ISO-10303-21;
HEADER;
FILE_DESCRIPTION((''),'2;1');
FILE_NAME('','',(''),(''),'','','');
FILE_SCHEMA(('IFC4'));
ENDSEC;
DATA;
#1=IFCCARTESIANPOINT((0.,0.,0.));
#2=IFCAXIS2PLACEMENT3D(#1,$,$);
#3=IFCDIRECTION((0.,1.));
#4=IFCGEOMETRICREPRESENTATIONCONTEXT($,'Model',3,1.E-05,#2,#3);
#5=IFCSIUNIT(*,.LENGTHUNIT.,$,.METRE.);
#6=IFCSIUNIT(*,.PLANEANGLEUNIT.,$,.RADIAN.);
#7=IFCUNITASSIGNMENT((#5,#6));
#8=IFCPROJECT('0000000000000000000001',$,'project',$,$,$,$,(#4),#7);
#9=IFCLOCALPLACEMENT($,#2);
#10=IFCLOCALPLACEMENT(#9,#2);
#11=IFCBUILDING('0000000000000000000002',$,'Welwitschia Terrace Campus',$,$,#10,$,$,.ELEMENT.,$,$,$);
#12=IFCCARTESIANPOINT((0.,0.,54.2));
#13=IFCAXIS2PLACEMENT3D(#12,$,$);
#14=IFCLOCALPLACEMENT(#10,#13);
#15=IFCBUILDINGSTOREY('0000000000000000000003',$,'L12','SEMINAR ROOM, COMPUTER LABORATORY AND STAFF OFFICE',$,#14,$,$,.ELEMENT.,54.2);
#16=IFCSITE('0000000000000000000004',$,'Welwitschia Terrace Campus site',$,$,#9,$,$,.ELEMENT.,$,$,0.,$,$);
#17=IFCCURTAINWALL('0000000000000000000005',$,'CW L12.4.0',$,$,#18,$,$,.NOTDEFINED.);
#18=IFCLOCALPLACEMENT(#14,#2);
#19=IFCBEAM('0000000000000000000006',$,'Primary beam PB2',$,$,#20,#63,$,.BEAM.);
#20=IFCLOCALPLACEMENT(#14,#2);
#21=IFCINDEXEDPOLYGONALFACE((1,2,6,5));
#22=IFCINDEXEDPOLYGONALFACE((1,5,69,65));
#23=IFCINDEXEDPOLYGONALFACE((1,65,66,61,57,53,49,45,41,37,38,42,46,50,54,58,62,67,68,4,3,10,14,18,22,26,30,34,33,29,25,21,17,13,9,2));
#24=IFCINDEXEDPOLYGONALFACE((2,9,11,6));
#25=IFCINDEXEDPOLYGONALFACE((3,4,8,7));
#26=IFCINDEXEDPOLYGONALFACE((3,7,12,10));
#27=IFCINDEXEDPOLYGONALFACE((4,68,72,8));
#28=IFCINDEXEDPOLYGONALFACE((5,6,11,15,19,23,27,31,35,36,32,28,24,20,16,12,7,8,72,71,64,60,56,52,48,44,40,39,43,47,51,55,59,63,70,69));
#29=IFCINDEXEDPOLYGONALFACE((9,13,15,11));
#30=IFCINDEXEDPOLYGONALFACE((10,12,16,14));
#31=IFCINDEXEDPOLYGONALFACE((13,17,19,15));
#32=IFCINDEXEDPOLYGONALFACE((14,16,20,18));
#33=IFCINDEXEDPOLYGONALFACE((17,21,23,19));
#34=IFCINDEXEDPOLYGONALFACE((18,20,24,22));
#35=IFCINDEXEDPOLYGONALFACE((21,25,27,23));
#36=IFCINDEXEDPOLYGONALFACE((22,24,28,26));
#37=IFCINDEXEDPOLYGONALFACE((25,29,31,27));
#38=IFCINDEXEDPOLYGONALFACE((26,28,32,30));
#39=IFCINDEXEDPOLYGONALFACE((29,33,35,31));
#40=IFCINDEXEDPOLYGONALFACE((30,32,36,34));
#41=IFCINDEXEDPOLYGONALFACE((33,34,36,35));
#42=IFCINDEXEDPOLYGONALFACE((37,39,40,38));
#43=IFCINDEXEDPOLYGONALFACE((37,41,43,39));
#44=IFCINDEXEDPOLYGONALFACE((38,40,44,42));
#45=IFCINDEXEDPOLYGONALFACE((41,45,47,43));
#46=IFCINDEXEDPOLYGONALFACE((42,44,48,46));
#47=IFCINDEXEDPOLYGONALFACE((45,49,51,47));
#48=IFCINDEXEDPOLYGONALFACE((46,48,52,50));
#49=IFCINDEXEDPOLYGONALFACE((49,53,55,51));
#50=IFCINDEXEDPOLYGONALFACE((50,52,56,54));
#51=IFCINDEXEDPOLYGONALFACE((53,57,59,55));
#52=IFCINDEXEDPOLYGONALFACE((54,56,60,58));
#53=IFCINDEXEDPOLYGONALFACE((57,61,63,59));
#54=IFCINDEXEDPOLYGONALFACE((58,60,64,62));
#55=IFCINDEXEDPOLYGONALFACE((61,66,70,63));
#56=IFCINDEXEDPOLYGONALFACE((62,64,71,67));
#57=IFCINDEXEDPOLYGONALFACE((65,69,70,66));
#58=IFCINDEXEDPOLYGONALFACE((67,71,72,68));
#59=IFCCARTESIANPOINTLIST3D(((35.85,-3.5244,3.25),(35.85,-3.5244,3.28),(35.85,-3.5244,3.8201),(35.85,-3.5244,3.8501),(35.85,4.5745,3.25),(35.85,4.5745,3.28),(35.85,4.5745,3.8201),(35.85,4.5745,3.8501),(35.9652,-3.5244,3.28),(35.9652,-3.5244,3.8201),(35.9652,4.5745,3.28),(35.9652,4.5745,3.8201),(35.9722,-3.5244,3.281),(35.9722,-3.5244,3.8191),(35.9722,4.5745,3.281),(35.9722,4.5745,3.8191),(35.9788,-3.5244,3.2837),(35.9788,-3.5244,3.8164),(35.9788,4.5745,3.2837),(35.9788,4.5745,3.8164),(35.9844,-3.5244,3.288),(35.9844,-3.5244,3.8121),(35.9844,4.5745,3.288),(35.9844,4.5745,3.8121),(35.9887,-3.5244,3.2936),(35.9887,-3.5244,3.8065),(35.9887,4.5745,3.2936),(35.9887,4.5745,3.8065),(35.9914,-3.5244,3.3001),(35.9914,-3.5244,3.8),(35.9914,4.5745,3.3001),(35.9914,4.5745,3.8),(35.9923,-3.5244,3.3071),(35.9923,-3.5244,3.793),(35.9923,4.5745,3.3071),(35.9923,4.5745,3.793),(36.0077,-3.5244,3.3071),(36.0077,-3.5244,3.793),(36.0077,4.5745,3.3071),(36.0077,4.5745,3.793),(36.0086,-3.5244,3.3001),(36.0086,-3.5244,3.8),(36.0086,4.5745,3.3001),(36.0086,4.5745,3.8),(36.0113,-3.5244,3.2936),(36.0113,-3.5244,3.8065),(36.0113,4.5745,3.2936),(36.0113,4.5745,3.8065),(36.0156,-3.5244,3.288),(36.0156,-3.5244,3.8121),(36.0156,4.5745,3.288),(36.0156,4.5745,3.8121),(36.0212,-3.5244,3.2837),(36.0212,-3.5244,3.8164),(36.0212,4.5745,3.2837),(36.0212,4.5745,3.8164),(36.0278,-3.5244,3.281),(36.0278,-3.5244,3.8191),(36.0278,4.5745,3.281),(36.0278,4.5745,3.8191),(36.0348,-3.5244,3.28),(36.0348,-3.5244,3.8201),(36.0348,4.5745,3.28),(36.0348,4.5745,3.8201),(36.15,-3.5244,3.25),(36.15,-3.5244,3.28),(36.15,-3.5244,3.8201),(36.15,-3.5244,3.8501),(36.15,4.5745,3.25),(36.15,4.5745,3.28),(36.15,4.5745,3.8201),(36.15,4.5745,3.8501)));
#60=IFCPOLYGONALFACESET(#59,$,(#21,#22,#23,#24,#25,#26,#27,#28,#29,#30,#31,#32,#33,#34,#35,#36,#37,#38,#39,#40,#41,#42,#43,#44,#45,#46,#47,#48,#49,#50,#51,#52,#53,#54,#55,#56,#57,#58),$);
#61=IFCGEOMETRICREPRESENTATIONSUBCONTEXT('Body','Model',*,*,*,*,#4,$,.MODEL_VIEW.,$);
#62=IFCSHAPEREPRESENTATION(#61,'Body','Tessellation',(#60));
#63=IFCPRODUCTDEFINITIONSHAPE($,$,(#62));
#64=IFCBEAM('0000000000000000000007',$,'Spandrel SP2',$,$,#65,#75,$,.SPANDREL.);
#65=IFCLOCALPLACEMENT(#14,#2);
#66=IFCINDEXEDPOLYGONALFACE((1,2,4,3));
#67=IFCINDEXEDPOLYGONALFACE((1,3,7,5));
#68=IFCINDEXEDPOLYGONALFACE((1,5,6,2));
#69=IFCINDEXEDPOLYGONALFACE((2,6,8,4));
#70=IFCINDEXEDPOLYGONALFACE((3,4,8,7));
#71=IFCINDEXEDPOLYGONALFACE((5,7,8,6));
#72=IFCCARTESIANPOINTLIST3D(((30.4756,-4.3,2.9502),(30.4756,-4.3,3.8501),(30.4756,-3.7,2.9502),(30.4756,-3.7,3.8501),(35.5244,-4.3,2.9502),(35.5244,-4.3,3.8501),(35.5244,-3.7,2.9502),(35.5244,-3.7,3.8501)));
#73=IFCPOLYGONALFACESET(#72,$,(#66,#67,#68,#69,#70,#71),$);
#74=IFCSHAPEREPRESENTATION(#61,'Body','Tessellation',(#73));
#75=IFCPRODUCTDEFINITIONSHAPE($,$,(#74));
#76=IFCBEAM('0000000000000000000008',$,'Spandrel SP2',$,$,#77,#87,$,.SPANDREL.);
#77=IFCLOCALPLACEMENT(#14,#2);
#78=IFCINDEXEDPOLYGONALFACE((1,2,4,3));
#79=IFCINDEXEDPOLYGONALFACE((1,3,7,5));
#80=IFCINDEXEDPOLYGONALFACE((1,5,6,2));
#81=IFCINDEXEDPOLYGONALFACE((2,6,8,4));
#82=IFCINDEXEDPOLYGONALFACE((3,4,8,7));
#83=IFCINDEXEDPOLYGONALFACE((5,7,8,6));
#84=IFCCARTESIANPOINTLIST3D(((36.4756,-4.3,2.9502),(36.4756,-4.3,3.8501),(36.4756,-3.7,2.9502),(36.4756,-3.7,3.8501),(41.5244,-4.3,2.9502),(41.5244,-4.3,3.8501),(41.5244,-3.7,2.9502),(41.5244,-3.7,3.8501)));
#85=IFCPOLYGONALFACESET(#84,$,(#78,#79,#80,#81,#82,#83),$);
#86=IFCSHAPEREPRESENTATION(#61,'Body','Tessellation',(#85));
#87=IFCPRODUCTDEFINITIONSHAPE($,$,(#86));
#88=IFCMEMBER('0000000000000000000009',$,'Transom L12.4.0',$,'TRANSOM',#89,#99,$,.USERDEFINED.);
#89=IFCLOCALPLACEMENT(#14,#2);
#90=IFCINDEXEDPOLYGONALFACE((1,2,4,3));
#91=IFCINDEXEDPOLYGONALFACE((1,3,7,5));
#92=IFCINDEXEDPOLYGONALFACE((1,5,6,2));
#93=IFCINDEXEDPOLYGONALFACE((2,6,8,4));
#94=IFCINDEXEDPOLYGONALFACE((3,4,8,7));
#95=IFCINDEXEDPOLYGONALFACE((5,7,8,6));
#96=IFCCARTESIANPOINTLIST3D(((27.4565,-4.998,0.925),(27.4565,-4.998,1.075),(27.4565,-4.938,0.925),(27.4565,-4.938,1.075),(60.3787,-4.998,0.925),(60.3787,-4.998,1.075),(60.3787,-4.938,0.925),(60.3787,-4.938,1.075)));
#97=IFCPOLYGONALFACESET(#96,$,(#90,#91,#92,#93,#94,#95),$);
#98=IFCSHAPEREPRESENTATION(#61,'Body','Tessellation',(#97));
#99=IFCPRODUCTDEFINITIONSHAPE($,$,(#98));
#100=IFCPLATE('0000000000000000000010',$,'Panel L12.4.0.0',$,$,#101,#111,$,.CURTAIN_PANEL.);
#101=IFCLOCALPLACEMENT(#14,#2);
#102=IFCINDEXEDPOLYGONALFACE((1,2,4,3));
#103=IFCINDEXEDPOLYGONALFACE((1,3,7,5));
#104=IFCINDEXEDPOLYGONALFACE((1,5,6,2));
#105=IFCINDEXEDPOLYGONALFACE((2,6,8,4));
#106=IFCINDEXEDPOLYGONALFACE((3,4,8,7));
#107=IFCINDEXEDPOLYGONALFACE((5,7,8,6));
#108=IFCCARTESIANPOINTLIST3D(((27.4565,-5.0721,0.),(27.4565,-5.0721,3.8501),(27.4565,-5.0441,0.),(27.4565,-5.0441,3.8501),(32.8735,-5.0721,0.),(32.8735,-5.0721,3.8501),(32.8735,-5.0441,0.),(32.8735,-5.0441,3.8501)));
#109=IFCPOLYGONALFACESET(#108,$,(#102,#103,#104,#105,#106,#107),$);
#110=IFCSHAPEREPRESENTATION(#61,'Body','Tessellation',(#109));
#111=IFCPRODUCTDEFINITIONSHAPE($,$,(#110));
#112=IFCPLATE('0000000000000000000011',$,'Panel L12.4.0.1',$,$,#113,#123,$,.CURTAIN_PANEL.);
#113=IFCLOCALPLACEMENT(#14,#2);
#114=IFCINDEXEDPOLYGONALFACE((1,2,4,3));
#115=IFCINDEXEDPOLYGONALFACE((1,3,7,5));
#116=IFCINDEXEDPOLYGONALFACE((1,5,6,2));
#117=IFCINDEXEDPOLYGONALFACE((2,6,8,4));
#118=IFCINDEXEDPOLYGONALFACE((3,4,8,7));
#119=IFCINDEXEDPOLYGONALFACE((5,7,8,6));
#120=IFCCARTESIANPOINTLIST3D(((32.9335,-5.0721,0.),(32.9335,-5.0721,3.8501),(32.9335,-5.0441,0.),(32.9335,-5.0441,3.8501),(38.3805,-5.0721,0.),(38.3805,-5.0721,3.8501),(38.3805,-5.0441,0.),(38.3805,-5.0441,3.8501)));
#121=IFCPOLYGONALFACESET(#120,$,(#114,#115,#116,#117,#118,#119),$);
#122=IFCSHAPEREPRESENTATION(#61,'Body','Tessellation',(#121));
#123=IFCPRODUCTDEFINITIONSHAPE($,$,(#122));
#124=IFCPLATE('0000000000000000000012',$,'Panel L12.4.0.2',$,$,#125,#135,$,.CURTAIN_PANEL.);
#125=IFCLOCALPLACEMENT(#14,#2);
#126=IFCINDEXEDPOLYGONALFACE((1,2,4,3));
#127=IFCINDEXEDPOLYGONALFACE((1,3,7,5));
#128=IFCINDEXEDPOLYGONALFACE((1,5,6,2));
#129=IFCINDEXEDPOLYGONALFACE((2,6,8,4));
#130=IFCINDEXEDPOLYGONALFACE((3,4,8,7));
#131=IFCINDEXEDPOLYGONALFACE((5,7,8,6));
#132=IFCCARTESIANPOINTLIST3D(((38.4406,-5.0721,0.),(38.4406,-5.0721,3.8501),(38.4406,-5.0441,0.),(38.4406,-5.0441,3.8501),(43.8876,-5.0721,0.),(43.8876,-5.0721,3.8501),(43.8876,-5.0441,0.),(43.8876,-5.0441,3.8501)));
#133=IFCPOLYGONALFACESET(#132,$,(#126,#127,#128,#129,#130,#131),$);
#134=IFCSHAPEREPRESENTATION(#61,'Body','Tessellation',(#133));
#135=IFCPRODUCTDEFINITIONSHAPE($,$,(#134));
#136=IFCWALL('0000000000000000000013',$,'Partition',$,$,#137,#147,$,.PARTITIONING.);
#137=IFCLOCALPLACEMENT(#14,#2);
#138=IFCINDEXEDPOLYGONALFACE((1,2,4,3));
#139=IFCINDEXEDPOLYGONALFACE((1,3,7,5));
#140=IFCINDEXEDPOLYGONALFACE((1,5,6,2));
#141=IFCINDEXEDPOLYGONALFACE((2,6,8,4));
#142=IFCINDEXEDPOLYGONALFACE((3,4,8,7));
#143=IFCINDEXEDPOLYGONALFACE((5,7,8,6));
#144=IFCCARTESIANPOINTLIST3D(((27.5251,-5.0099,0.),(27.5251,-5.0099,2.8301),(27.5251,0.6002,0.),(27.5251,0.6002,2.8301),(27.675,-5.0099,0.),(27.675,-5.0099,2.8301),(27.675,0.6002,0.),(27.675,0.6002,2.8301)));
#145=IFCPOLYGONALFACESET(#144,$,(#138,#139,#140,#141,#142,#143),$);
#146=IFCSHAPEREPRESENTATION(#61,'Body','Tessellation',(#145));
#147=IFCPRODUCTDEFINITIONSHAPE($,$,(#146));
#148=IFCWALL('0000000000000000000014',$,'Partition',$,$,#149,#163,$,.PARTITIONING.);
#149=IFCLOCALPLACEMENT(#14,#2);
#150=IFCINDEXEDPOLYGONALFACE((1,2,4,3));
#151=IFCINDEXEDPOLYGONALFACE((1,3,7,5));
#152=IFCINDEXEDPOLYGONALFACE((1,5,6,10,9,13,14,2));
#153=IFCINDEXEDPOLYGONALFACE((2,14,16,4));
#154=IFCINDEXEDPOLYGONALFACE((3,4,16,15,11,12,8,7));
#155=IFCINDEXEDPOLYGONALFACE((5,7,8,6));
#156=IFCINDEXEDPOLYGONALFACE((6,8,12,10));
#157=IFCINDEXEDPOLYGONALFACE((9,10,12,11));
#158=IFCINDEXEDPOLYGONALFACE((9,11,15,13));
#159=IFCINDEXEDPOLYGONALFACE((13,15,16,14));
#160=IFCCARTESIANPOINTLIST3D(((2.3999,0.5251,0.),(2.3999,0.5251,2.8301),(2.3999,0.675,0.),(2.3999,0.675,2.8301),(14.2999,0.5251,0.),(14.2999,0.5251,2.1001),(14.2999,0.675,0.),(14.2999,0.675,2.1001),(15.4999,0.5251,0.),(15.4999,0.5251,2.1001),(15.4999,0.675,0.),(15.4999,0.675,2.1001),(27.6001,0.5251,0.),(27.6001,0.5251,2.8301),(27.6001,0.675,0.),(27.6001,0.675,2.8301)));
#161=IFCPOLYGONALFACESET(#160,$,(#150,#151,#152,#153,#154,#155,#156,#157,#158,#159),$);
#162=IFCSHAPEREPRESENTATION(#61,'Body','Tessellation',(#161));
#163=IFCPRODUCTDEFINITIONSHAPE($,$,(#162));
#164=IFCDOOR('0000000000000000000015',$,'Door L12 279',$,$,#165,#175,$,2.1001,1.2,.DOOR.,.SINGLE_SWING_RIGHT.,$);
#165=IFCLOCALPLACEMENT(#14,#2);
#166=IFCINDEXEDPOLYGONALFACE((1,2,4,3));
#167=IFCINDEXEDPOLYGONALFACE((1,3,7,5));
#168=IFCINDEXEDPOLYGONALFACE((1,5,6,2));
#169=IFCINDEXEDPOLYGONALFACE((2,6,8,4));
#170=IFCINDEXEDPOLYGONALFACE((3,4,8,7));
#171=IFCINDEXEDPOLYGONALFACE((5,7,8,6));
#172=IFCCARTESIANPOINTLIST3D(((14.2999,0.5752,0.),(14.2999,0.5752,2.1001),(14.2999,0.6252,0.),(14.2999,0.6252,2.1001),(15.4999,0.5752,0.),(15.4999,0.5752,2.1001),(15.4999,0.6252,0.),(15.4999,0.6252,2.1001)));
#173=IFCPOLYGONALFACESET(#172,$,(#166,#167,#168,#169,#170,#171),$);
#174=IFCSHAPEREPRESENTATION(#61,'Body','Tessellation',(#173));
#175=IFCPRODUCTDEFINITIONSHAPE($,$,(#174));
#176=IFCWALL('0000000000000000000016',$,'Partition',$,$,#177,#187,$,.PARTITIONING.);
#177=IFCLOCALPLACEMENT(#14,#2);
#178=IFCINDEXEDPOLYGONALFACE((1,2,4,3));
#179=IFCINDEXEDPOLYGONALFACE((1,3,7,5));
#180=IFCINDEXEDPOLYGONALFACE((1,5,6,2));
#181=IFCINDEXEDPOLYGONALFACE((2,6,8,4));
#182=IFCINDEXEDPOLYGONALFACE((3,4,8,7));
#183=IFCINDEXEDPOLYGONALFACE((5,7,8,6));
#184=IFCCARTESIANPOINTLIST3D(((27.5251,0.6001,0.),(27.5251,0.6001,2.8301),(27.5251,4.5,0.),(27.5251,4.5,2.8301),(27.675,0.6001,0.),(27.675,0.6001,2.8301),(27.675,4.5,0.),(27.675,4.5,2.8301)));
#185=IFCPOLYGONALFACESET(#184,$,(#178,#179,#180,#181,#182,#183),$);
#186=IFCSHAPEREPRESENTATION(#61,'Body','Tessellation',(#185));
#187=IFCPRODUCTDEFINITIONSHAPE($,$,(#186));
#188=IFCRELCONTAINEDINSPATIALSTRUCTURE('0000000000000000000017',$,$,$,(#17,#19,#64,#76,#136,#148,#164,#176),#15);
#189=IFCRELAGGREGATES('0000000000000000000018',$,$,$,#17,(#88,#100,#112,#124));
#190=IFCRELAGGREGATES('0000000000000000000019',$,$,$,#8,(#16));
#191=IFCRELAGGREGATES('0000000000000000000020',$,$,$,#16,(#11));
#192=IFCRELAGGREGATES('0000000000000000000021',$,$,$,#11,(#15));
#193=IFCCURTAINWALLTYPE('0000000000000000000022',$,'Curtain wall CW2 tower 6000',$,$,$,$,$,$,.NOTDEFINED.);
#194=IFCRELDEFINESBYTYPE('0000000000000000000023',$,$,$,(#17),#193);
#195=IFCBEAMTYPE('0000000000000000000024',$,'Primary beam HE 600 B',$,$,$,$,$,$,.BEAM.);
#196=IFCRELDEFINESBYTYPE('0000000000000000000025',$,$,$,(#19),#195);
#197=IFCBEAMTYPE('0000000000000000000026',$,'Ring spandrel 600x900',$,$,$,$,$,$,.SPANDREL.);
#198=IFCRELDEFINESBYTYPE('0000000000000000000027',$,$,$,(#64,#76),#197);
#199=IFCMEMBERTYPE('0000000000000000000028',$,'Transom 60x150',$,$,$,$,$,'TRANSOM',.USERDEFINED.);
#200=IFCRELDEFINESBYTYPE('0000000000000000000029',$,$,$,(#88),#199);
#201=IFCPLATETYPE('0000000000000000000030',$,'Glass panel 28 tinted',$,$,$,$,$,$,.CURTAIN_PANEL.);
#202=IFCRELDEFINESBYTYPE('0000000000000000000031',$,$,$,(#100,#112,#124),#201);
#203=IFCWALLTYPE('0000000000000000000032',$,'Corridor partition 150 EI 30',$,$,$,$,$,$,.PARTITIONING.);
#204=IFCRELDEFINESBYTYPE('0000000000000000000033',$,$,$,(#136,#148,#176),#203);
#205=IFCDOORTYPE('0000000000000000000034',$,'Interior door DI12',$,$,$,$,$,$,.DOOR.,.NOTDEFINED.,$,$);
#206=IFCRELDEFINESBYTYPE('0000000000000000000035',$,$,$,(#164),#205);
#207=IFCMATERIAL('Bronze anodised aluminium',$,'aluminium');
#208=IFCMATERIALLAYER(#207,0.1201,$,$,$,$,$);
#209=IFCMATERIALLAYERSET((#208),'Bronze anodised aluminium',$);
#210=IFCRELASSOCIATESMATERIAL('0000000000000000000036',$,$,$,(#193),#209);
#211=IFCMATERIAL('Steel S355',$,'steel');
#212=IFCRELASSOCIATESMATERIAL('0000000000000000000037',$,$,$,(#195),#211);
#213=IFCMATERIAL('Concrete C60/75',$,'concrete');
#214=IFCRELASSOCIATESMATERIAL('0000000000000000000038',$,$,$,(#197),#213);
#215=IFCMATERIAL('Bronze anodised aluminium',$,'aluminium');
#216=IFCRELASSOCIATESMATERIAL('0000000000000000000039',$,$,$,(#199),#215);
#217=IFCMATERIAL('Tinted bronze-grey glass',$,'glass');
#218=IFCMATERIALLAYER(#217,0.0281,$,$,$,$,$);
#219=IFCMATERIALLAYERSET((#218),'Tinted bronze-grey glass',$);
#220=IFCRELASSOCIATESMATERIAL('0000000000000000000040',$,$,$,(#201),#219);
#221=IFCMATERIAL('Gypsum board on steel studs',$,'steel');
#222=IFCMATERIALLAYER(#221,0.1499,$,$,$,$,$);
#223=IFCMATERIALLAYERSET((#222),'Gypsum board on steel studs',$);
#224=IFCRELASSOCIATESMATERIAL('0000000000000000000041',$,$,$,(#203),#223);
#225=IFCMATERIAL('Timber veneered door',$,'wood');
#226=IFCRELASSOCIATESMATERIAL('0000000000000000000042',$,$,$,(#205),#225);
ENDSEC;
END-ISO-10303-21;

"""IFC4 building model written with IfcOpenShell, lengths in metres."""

from ifc_helpers import new_model, si_unit, direction, frame, frame_2d, origin, origin_2d, place, context, subcontext, project, spatial, rectangle, i_section, extrude, material, layer, layer_set, material_profile, profile_set, type_object, element, fill, aggregate, save


model = new_model("IFC4")

# Units and contexts
model_context = context("Model", 3, precision=1e-05, world=origin(), true_north=direction((0.0, 1.0)))
body_context = subcontext(model_context, "Body", "Model", "MODEL_VIEW")
ifc_project = project(units=[si_unit("LENGTHUNIT", "METRE"), si_unit("PLANEANGLEUNIT", "RADIAN")], contexts=[model_context])

# Site, building, storey
site_placement = place(None, origin())
site = spatial("IfcSite", under=ifc_project, at=site_placement, Name="Welwitschia Terrace Campus site", CompositionType="ELEMENT", RefElevation=0.0)
building_placement = place(site_placement, origin())
building = spatial("IfcBuilding", under=site, at=building_placement, Name="Welwitschia Terrace Campus", CompositionType="ELEMENT")
storey_placement = place(building_placement, frame((0.0, 0.0, 54.2)))
storey = spatial("IfcBuildingStorey", under=building, at=storey_placement, Name="L12", Description="SEMINAR ROOM, COMPUTER LABORATORY AND STAFF OFFICE", CompositionType="ELEMENT", Elevation=54.2)

# Curtain wall
ifc_material_1 = material(Name="Bronze anodised aluminium", Category="aluminium")
ifc_layer_1 = layer(ifc_material_1, 0.1201)
ifc_layer_set_1 = layer_set([ifc_layer_1], Name="Bronze anodised aluminium")
curtain_wall_type = type_object("IfcCurtainWallType", Name="Curtain wall CW2 tower 6000", PredefinedType="NOTDEFINED", material=ifc_layer_set_1)
curtain_wall_placement = place(storey_placement, origin())
curtain_wall = element("IfcCurtainWall", 1, at=curtain_wall_placement, inside=storey, type_object=curtain_wall_type, Name="CW L12.4.0", PredefinedType="NOTDEFINED")

# Beams
ifc_material_2 = material(Name="Steel S355", Category="steel")
ifc_material_profile_1 = material_profile(ifc_material_2, i_section(OverallWidth=0.3, OverallDepth=0.6001, WebThickness=0.0154, FlangeThickness=0.03, FilletRadius=0.0271, at=origin_2d()))
ifc_profile_set_1 = profile_set([ifc_material_profile_1], Name="Steel S355")
beam_type_1 = type_object("IfcBeamType", Name="Primary beam HE 600 B", PredefinedType="BEAM", material=ifc_profile_set_1)
beam_placement = place(storey_placement, frame((36.0, -3.5244, 3.55), z_axis=(0.0, 1.0, 0.0), x_axis=(-1.0, 0.0, 0.0)))
element("IfcBeam", 2, at=beam_placement, inside=storey, type_object=beam_type_1, Name="Primary beam PB2", PredefinedType="BEAM", context=body_context, shape_type="SweptSolid", body=[
    extrude(i_section(OverallWidth=0.3, OverallDepth=0.6001, WebThickness=0.0154, FlangeThickness=0.03, FilletRadius=0.0271, at=origin_2d()), origin(), (0.0, 0.0, 1.0), 8.0989),
])
ifc_material_3 = material(Name="Concrete C60/75", Category="concrete")
ifc_material_profile_2 = material_profile(ifc_material_3, rectangle(XDim=0.6001, YDim=0.8999, at=origin_2d()))
ifc_profile_set_2 = profile_set([ifc_material_profile_2], Name="Concrete C60/75")
beam_type_2 = type_object("IfcBeamType", Name="Ring spandrel 600x900", PredefinedType="SPANDREL", material=ifc_profile_set_2)
for number, where, z_axis, x_axis, name in (
    (3, (30.4756, -4.0, 3.4001), (1.0, 0.0, 0.0), (0.0, 1.0, 0.0), "Spandrel SP2"),
    (4, (36.4756, -4.0, 3.4001), (1.0, 0.0, 0.0), (0.0, 1.0, 0.0), "Spandrel SP2"),
):
    element("IfcBeam", number, at=place(storey_placement, frame(where, z_axis=z_axis, x_axis=x_axis)), inside=storey, type_object=beam_type_2, Name=name, PredefinedType="SPANDREL", context=body_context, shape_type="SweptSolid", body=[
        extrude(rectangle(XDim=0.6001, YDim=0.8999, at=origin_2d()), origin(), (0.0, 0.0, 1.0), 5.0488),
    ])

# Member
ifc_material_4 = material(Name="Bronze anodised aluminium", Category="aluminium")
ifc_material_profile_3 = material_profile(ifc_material_4, rectangle(XDim=0.0601, YDim=0.1499, at=origin_2d()))
ifc_profile_set_3 = profile_set([ifc_material_profile_3], Name="Bronze anodised aluminium")
member_type_1 = type_object("IfcMemberType", Name="Transom 60x150", ElementType="TRANSOM", PredefinedType="USERDEFINED", material=ifc_profile_set_3)
member_1_placement = place(storey_placement, frame((27.4565, -4.968, 1.0), z_axis=(1.0, 0.0, 0.0), x_axis=(0.0, 1.0, 0.0)))
member_1 = element("IfcMember", 5, at=member_1_placement, type_object=member_type_1, Name="Transom L12.4.0", ObjectType="TRANSOM", PredefinedType="USERDEFINED", context=body_context, shape_type="SweptSolid", body=[
    extrude(rectangle(XDim=0.0601, YDim=0.1499, at=origin_2d()), origin(), (0.0, 0.0, 1.0), 32.9221),
])

# Plates
ifc_material_5 = material(Name="Tinted bronze-grey glass", Category="glass")
ifc_layer_2 = layer(ifc_material_5, 0.0281)
ifc_layer_set_2 = layer_set([ifc_layer_2], Name="Tinted bronze-grey glass")
plate_type = type_object("IfcPlateType", Name="Glass panel 28 tinted", PredefinedType="CURTAIN_PANEL", material=ifc_layer_set_2)
plate_1_placement = place(storey_placement, frame((30.165, -5.0581, 0.0), z_axis=(0.0, 0.0, 1.0), x_axis=(1.0, 0.0, 0.0)))
plate_1 = element("IfcPlate", 6, at=plate_1_placement, type_object=plate_type, Name="Panel L12.4.0.0", PredefinedType="CURTAIN_PANEL", context=body_context, shape_type="SweptSolid", body=[
    extrude(rectangle(XDim=5.417, YDim=0.0281, at=origin_2d()), origin(), (0.0, 0.0, 1.0), 3.8501),
])
plate_2_placement = place(storey_placement, frame((35.657, -5.0581, 0.0), z_axis=(0.0, 0.0, 1.0), x_axis=(1.0, 0.0, 0.0)))
plate_2 = element("IfcPlate", 7, at=plate_2_placement, type_object=plate_type, Name="Panel L12.4.0.1", PredefinedType="CURTAIN_PANEL", context=body_context, shape_type="SweptSolid", body=[
    extrude(rectangle(XDim=5.447, YDim=0.0281, at=origin_2d()), origin(), (0.0, 0.0, 1.0), 3.8501),
])
plate_3_placement = place(storey_placement, frame((41.1641, -5.0581, 0.0), z_axis=(0.0, 0.0, 1.0), x_axis=(1.0, 0.0, 0.0)))
plate_3 = element("IfcPlate", 8, at=plate_3_placement, type_object=plate_type, Name="Panel L12.4.0.2", PredefinedType="CURTAIN_PANEL", context=body_context, shape_type="SweptSolid", body=[
    extrude(rectangle(XDim=5.447, YDim=0.0281, at=origin_2d()), origin(), (0.0, 0.0, 1.0), 3.8501),
])
aggregate(curtain_wall, [member_1, plate_1, plate_2, plate_3])

# Wall
ifc_material_6 = material(Name="Gypsum board on steel studs", Category="steel")
ifc_layer_3 = layer(ifc_material_6, 0.1499)
ifc_layer_set_3 = layer_set([ifc_layer_3], Name="Gypsum board on steel studs")
wall_type = type_object("IfcWallType", Name="Corridor partition 150 EI 30", PredefinedType="PARTITIONING", material=ifc_layer_set_3)
wall_1_placement = place(storey_placement, frame((27.6001, -5.01, 0.0), z_axis=(0.0, 0.0, 1.0), x_axis=(0.0, 1.0, 0.0)))
element("IfcWall", 9, at=wall_1_placement, inside=storey, type_object=wall_type, Name="Partition", PredefinedType="PARTITIONING", context=body_context, shape_type="SweptSolid", body=[
    extrude(rectangle(XDim=5.6101, YDim=0.1499, at=frame_2d((2.8052, 0.0))), origin(), (0.0, 0.0, 1.0), 2.8301),
])

# Wall, opening, door
wall_2_placement = place(storey_placement, frame((27.6001, 0.6001, 0.0), z_axis=(0.0, 0.0, 1.0), x_axis=(-1.0, 0.0, 0.0)))
wall_2 = element("IfcWall", 10, at=wall_2_placement, inside=storey, type_object=wall_type, Name="Partition", PredefinedType="PARTITIONING", context=body_context, shape_type="SweptSolid", body=[
    extrude(rectangle(XDim=25.2002, YDim=0.1499, at=frame_2d((12.6001, 0.0))), origin(), (0.0, 0.0, 1.0), 2.8301),
])
opening_placement = place(wall_2_placement, frame((12.1001, 0.0, 0.0)))
opening = element("IfcOpeningElement", 11, at=opening_placement, cuts=wall_2, PredefinedType="OPENING", context=body_context, shape_type="SweptSolid", body=[
    extrude(rectangle(XDim=1.2, YDim=2.1001, at=frame_2d((0.6001, 1.05))), frame((0.0, 0.085, 0.0), z_axis=(0.0, -1.0, 0.0), x_axis=(1.0, 0.0, 0.0)), (0.0, 0.0, 1.0), 0.1699),
])
ifc_material_7 = material(Name="Timber veneered door", Category="wood")
door_type = type_object("IfcDoorType", Name="Interior door DI12", OperationType="NOTDEFINED", PredefinedType="DOOR", material=ifc_material_7)
door_placement = place(opening_placement, origin())
door = element("IfcDoor", 12, at=door_placement, inside=storey, type_object=door_type, Name="Door L12 279", OperationType="SINGLE_SWING_RIGHT", OverallHeight=2.1001, OverallWidth=1.2, PredefinedType="DOOR", context=body_context, shape_type="SweptSolid", body=[
    extrude(rectangle(XDim=1.2, YDim=2.1001, at=frame_2d((0.6001, 1.05))), frame((0.0, 0.0249, 0.0), z_axis=(0.0, -1.0, 0.0), x_axis=(1.0, 0.0, 0.0)), (0.0, 0.0, 1.0), 0.05),
])
fill(opening, door)

# Wall
wall_3_placement = place(storey_placement, frame((27.6001, 0.6001, 0.0), z_axis=(0.0, 0.0, 1.0), x_axis=(0.0, 1.0, 0.0)))
element("IfcWall", 13, at=wall_3_placement, inside=storey, type_object=wall_type, Name="Partition", PredefinedType="PARTITIONING", context=body_context, shape_type="SweptSolid", body=[
    extrude(rectangle(XDim=3.8999, YDim=0.1499, at=frame_2d((1.95, 0.0))), origin(), (0.0, 0.0, 1.0), 2.8301),
])

save(model, "model.ifc")
